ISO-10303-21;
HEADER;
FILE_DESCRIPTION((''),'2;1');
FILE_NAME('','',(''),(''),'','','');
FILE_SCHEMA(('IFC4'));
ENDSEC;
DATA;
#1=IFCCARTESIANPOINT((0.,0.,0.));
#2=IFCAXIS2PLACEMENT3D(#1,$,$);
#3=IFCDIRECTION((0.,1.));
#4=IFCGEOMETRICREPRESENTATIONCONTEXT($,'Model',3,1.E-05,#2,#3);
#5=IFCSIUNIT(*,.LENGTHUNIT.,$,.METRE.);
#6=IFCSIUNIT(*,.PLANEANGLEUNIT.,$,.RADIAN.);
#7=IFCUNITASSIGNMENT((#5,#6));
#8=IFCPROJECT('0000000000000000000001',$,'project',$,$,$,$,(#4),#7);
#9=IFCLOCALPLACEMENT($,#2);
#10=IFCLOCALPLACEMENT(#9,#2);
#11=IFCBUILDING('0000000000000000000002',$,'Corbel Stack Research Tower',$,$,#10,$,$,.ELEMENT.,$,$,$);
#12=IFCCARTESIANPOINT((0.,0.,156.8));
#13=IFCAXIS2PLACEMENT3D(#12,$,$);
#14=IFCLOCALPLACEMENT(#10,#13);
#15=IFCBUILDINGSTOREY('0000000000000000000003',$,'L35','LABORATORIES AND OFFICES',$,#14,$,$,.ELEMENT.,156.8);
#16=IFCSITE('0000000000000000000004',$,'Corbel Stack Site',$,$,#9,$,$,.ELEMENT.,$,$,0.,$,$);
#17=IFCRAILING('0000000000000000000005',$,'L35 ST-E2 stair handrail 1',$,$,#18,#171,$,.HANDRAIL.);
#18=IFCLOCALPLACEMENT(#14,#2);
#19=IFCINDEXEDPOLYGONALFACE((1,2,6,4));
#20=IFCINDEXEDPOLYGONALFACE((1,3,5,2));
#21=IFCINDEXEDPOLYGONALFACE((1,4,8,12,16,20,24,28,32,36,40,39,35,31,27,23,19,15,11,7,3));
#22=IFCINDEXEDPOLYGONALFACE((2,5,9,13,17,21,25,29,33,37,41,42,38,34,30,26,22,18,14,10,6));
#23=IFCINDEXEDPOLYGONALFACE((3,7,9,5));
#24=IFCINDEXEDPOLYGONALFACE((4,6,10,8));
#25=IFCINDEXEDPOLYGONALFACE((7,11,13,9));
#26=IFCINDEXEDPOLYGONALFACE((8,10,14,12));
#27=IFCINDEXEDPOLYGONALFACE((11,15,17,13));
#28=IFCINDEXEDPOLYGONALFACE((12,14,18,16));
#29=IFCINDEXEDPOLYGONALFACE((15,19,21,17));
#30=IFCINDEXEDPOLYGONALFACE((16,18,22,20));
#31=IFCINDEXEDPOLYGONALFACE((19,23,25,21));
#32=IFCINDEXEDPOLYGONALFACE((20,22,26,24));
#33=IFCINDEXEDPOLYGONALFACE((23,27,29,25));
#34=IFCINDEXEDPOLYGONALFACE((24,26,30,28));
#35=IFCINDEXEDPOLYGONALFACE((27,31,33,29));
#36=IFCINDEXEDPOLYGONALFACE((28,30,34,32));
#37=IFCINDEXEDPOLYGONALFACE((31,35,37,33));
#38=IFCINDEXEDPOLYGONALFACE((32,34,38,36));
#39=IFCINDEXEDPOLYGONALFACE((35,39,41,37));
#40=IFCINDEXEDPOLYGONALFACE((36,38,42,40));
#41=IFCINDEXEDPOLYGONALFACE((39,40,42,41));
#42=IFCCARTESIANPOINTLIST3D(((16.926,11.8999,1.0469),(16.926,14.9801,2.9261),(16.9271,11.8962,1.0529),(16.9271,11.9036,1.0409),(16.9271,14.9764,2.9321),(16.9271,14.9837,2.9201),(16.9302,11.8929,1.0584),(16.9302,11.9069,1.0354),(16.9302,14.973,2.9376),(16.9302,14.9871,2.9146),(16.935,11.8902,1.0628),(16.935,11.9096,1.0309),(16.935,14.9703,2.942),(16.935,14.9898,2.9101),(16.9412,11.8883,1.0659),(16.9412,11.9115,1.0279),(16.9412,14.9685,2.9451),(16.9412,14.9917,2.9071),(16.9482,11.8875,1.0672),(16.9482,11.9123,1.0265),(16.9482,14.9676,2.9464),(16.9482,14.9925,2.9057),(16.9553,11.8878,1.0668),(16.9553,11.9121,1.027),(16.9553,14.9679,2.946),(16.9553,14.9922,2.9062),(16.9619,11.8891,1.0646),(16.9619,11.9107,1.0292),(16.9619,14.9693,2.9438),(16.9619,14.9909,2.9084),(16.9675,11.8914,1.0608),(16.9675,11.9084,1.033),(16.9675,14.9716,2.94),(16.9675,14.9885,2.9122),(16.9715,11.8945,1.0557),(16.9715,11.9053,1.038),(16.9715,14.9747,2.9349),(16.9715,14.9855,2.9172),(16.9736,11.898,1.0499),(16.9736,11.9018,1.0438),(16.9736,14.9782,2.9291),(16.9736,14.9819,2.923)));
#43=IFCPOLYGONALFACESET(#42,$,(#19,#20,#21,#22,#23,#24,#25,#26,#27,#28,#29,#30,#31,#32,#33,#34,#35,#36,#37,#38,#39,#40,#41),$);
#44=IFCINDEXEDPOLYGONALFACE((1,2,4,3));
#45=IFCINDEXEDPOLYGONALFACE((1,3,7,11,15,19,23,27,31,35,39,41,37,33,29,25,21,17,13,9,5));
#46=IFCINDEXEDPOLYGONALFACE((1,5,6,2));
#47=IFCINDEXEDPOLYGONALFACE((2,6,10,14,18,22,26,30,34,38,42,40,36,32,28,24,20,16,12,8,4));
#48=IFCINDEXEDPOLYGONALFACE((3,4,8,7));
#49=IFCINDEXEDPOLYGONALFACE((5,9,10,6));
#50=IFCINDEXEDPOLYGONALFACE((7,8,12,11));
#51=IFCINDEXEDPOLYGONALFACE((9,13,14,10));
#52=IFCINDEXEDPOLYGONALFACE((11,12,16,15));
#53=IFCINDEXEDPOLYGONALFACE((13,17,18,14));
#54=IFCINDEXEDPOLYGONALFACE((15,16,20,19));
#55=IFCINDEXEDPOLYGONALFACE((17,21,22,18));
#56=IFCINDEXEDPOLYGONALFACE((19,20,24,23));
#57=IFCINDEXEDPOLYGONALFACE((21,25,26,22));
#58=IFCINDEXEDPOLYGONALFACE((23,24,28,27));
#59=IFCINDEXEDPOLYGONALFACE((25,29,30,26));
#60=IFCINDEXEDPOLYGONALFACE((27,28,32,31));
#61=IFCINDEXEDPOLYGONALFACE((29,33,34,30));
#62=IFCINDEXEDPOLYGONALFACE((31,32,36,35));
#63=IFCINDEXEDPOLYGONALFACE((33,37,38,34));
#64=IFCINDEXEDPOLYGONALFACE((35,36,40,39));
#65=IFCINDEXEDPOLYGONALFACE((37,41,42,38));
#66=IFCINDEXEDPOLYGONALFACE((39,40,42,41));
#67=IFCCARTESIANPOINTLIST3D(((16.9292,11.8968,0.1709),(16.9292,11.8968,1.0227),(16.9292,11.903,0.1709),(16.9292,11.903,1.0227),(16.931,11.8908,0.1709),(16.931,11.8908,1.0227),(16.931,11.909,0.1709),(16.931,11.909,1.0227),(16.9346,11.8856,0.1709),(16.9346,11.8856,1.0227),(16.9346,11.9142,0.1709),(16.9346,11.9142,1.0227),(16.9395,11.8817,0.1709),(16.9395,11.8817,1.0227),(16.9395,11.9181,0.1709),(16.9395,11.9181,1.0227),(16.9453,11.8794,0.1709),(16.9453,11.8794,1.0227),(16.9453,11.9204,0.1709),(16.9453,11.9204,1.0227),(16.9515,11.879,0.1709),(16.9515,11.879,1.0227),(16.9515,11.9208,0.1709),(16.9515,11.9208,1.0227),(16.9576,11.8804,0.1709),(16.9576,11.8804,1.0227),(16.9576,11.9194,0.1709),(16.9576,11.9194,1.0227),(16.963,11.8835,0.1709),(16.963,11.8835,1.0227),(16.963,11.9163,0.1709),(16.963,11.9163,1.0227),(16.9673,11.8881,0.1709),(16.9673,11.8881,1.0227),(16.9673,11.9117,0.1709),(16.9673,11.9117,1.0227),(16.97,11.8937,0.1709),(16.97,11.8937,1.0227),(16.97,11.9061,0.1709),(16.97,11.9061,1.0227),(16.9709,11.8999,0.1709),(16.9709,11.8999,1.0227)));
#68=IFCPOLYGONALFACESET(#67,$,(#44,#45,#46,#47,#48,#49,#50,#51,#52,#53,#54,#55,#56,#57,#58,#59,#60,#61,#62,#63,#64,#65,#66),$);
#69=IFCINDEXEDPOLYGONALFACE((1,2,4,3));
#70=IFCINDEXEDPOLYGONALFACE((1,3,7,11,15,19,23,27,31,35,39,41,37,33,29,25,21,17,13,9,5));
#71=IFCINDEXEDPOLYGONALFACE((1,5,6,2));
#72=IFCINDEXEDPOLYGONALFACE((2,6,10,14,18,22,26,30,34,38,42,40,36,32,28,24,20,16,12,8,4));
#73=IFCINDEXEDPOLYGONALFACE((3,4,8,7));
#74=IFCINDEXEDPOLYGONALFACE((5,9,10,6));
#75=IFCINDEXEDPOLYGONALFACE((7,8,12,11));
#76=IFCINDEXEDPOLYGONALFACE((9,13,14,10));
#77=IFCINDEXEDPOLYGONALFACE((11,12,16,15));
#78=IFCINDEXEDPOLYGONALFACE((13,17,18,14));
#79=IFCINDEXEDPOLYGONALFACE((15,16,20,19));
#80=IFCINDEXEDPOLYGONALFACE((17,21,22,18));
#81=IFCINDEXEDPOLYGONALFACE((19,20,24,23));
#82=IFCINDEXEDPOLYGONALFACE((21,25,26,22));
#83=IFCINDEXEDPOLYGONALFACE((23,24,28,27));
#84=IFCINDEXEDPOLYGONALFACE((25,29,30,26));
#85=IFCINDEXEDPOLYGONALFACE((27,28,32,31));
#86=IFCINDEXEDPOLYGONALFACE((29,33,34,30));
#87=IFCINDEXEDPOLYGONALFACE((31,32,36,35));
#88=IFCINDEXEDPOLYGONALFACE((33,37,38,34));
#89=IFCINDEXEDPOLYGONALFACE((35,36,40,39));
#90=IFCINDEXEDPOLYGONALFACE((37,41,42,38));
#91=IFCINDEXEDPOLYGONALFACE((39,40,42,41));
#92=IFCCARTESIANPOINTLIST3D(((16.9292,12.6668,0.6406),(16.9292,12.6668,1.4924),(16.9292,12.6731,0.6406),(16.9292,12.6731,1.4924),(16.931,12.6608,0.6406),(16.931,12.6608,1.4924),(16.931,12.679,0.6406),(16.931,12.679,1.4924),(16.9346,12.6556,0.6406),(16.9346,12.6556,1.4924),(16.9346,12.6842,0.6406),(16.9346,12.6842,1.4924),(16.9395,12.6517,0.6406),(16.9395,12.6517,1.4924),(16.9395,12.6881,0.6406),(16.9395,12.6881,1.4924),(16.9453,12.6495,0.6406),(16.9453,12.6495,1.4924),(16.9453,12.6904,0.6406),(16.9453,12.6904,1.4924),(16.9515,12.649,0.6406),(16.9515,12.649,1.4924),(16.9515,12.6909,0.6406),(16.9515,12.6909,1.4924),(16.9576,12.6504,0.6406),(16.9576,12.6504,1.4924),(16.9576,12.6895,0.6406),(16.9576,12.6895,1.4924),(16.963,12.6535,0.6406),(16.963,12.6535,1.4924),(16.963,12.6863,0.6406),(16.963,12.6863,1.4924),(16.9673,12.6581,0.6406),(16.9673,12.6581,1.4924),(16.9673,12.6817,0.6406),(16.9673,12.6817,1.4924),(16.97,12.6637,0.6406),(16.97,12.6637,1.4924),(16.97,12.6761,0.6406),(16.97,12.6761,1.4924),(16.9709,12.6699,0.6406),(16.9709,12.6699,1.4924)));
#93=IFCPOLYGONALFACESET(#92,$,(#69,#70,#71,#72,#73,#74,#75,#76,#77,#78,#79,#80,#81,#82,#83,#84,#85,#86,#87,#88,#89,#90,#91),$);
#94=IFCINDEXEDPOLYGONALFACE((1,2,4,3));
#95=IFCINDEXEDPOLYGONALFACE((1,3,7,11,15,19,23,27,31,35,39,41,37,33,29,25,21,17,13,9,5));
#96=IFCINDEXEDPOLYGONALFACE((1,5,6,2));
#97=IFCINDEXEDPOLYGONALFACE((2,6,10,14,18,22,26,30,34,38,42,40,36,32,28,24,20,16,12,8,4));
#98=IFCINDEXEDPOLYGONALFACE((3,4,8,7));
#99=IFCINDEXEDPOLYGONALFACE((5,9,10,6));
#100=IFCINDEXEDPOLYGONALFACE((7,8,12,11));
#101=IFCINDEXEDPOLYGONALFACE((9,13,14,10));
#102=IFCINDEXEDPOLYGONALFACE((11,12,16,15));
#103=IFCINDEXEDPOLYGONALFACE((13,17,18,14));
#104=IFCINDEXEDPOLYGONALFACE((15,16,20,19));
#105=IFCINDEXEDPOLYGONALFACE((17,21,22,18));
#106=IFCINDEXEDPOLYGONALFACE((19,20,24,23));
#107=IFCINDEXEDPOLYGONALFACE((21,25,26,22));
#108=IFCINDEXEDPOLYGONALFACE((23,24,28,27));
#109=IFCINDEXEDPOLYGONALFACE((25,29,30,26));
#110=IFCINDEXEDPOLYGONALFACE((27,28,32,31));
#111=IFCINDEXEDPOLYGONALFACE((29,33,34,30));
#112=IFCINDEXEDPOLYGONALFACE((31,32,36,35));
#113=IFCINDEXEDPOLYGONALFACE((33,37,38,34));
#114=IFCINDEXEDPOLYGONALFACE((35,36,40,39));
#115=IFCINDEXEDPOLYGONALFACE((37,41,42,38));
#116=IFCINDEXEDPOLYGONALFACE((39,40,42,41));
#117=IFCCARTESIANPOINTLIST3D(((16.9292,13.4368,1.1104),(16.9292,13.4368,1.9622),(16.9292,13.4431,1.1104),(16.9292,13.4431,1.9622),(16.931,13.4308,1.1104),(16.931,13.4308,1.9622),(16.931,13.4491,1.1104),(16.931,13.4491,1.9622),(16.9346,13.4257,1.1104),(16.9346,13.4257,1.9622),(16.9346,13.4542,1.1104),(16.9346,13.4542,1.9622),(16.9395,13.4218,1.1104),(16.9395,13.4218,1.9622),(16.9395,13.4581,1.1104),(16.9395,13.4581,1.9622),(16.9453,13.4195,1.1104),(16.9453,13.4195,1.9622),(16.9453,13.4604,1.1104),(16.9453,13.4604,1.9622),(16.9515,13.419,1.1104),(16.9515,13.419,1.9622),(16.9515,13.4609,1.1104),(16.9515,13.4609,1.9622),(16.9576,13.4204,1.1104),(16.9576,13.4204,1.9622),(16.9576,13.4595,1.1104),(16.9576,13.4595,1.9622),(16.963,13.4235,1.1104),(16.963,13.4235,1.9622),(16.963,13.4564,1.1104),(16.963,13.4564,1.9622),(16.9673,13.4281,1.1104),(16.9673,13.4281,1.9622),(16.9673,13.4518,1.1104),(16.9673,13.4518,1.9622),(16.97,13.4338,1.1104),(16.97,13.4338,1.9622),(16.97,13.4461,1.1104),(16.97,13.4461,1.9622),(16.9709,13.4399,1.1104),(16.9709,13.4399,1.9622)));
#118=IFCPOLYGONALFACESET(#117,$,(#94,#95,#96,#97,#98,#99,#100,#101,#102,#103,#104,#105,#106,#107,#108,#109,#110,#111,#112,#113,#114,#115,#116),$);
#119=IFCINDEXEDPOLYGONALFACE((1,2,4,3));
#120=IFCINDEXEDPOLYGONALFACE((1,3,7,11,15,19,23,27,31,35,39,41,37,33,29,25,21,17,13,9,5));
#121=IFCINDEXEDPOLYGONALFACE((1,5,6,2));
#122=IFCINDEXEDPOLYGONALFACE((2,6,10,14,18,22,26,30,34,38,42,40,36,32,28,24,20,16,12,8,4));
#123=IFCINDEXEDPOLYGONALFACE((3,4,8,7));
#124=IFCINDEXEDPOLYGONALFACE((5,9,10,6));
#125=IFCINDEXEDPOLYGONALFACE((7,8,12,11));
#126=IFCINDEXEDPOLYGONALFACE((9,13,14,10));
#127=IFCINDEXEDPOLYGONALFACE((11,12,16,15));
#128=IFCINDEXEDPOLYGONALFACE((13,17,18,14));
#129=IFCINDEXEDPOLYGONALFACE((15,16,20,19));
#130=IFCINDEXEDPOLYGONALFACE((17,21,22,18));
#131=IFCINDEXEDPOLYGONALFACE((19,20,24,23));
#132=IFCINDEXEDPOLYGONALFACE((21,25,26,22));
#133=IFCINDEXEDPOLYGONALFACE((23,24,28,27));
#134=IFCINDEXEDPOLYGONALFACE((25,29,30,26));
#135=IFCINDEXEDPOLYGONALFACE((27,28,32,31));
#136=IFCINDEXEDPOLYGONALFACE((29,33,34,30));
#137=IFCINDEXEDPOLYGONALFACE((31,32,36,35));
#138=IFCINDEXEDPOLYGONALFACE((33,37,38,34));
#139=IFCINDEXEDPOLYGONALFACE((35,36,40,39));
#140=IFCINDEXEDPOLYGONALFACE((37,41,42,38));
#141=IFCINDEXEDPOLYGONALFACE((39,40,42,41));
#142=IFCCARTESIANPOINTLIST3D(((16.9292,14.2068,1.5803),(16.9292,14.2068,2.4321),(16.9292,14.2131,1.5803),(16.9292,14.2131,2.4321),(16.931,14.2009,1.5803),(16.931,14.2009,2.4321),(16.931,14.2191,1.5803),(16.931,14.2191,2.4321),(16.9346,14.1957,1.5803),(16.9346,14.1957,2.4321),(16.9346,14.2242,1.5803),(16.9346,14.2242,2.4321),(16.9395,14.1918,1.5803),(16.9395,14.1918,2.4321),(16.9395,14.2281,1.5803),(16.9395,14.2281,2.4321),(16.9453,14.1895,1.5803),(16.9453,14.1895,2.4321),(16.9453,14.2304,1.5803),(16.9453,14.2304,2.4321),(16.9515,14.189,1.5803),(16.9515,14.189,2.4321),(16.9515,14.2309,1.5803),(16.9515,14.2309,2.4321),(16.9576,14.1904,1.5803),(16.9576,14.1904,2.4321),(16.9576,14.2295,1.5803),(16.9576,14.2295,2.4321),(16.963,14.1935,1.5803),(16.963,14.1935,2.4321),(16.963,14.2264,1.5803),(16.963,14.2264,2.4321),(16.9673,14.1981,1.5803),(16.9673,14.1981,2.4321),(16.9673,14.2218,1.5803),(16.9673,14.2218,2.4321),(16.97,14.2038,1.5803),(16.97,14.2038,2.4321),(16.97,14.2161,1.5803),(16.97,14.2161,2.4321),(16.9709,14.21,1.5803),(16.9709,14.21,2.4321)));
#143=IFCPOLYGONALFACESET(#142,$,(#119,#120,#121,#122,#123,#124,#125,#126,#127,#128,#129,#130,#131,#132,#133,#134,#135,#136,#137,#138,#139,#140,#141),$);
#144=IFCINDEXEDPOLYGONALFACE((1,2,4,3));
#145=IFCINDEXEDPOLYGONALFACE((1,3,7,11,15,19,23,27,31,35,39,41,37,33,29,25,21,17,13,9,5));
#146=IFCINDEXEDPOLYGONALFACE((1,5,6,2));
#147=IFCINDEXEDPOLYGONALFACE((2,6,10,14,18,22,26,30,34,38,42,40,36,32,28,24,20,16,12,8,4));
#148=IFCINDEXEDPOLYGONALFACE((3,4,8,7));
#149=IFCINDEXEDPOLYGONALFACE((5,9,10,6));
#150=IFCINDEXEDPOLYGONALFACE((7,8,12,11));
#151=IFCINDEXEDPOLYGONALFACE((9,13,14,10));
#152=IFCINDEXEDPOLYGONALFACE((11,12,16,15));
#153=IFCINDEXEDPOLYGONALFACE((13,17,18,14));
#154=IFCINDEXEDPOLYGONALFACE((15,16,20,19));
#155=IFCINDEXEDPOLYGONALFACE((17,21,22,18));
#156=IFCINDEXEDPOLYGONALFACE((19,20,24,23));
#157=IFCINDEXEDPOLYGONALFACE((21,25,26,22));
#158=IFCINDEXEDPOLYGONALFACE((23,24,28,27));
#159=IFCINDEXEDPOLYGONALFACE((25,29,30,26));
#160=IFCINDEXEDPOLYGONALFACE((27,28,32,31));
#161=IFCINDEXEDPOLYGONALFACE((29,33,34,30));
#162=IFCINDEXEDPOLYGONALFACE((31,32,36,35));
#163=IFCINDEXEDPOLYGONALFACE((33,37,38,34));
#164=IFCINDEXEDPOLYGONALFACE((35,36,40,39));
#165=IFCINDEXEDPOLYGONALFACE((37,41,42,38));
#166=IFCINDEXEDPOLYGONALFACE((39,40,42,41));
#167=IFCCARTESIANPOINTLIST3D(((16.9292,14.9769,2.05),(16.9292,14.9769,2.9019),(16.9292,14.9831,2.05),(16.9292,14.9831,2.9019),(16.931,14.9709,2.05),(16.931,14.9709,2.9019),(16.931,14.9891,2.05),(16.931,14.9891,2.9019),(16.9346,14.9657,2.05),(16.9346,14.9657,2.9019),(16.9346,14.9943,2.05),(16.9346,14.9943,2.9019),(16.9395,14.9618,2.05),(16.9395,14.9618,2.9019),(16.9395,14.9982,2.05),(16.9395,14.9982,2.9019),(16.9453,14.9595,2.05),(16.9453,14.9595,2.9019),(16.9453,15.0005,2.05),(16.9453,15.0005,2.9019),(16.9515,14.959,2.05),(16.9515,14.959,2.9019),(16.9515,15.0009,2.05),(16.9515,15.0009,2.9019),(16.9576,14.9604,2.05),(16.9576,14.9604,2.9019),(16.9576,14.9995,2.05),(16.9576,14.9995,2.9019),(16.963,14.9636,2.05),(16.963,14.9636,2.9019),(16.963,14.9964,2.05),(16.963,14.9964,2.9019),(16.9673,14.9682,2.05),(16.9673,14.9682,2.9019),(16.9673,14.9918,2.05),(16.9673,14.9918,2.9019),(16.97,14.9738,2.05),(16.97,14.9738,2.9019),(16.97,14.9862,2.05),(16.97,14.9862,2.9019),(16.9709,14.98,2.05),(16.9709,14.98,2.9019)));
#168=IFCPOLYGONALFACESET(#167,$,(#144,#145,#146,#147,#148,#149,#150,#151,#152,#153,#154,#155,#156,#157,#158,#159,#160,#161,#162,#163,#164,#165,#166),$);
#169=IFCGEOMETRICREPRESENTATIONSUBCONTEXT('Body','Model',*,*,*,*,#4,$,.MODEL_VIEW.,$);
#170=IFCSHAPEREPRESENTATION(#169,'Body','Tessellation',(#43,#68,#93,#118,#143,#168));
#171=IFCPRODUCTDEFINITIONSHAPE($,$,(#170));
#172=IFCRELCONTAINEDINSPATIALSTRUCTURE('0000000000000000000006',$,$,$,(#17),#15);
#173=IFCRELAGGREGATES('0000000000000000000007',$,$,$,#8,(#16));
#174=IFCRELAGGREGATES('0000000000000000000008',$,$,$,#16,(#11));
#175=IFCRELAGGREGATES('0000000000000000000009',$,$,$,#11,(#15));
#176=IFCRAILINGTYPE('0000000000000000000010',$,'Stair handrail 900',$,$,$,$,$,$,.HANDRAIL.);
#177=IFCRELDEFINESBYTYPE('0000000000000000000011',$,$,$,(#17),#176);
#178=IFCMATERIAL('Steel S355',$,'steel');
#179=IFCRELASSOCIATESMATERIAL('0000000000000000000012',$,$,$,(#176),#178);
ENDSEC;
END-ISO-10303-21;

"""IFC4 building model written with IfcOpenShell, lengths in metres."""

from ifc_helpers import new_model, si_unit, direction, frame, origin, origin_2d, place, context, subcontext, project, spatial, circle, extrude, material, type_object, element, save


model = new_model("IFC4")

# Units and contexts
model_context = context("Model", 3, precision=1e-05, world=origin(), true_north=direction((0.0, 1.0)))
body_context = subcontext(model_context, "Body", "Model", "MODEL_VIEW")
ifc_project = project(units=[si_unit("LENGTHUNIT", "METRE"), si_unit("PLANEANGLEUNIT", "RADIAN")], contexts=[model_context])

# Site, building, storey
site_placement = place(None, origin())
site = spatial("IfcSite", under=ifc_project, at=site_placement, Name="Corbel Stack Site", CompositionType="ELEMENT", RefElevation=0.0)
building_placement = place(site_placement, origin())
building = spatial("IfcBuilding", under=site, at=building_placement, Name="Corbel Stack Research Tower", CompositionType="ELEMENT")
storey_placement = place(building_placement, frame((0.0, 0.0, 156.8)))
storey = spatial("IfcBuildingStorey", under=building, at=storey_placement, Name="L35", Description="LABORATORIES AND OFFICES", CompositionType="ELEMENT", Elevation=156.8)

# Railing
ifc_material_1 = material(Name="Steel S355", Category="steel")
railing_type_1 = type_object("IfcRailingType", Name="Stair handrail 900", PredefinedType="HANDRAIL", material=ifc_material_1)
railing_1_placement = place(storey_placement, frame((16.95, 11.8999, 0.1709)))
element("IfcRailing", 1, at=railing_1_placement, inside=storey, type_object=railing_type_1, Name="L35 ST-E2 stair handrail 1", PredefinedType="HANDRAIL", context=body_context, shape_type="SweptSolid", body=[
    extrude(circle(Radius=0.0239, at=origin_2d()), frame((0.0, 0.0, 0.876), z_axis=(0.0, 0.853666, 0.52082), x_axis=(-1.0, 0.0, 0.0)), (0.0, 0.0, 1.0), 3.6082),
    extrude(circle(Radius=0.021, at=origin_2d()), origin(), (0.0, 0.0, 1.0), 0.8518),
    extrude(circle(Radius=0.021, at=origin_2d()), frame((0.0, 0.77, 0.4697)), (0.0, 0.0, 1.0), 0.8518),
    extrude(circle(Radius=0.021, at=origin_2d()), frame((0.0, 1.54, 0.9395)), (0.0, 0.0, 1.0), 0.8518),
    extrude(circle(Radius=0.021, at=origin_2d()), frame((0.0, 2.3101, 1.4094)), (0.0, 0.0, 1.0), 0.8518),
    extrude(circle(Radius=0.021, at=origin_2d()), frame((0.0, 3.0801, 1.8792)), (0.0, 0.0, 1.0), 0.8518),
])

save(model, "model.ifc")
